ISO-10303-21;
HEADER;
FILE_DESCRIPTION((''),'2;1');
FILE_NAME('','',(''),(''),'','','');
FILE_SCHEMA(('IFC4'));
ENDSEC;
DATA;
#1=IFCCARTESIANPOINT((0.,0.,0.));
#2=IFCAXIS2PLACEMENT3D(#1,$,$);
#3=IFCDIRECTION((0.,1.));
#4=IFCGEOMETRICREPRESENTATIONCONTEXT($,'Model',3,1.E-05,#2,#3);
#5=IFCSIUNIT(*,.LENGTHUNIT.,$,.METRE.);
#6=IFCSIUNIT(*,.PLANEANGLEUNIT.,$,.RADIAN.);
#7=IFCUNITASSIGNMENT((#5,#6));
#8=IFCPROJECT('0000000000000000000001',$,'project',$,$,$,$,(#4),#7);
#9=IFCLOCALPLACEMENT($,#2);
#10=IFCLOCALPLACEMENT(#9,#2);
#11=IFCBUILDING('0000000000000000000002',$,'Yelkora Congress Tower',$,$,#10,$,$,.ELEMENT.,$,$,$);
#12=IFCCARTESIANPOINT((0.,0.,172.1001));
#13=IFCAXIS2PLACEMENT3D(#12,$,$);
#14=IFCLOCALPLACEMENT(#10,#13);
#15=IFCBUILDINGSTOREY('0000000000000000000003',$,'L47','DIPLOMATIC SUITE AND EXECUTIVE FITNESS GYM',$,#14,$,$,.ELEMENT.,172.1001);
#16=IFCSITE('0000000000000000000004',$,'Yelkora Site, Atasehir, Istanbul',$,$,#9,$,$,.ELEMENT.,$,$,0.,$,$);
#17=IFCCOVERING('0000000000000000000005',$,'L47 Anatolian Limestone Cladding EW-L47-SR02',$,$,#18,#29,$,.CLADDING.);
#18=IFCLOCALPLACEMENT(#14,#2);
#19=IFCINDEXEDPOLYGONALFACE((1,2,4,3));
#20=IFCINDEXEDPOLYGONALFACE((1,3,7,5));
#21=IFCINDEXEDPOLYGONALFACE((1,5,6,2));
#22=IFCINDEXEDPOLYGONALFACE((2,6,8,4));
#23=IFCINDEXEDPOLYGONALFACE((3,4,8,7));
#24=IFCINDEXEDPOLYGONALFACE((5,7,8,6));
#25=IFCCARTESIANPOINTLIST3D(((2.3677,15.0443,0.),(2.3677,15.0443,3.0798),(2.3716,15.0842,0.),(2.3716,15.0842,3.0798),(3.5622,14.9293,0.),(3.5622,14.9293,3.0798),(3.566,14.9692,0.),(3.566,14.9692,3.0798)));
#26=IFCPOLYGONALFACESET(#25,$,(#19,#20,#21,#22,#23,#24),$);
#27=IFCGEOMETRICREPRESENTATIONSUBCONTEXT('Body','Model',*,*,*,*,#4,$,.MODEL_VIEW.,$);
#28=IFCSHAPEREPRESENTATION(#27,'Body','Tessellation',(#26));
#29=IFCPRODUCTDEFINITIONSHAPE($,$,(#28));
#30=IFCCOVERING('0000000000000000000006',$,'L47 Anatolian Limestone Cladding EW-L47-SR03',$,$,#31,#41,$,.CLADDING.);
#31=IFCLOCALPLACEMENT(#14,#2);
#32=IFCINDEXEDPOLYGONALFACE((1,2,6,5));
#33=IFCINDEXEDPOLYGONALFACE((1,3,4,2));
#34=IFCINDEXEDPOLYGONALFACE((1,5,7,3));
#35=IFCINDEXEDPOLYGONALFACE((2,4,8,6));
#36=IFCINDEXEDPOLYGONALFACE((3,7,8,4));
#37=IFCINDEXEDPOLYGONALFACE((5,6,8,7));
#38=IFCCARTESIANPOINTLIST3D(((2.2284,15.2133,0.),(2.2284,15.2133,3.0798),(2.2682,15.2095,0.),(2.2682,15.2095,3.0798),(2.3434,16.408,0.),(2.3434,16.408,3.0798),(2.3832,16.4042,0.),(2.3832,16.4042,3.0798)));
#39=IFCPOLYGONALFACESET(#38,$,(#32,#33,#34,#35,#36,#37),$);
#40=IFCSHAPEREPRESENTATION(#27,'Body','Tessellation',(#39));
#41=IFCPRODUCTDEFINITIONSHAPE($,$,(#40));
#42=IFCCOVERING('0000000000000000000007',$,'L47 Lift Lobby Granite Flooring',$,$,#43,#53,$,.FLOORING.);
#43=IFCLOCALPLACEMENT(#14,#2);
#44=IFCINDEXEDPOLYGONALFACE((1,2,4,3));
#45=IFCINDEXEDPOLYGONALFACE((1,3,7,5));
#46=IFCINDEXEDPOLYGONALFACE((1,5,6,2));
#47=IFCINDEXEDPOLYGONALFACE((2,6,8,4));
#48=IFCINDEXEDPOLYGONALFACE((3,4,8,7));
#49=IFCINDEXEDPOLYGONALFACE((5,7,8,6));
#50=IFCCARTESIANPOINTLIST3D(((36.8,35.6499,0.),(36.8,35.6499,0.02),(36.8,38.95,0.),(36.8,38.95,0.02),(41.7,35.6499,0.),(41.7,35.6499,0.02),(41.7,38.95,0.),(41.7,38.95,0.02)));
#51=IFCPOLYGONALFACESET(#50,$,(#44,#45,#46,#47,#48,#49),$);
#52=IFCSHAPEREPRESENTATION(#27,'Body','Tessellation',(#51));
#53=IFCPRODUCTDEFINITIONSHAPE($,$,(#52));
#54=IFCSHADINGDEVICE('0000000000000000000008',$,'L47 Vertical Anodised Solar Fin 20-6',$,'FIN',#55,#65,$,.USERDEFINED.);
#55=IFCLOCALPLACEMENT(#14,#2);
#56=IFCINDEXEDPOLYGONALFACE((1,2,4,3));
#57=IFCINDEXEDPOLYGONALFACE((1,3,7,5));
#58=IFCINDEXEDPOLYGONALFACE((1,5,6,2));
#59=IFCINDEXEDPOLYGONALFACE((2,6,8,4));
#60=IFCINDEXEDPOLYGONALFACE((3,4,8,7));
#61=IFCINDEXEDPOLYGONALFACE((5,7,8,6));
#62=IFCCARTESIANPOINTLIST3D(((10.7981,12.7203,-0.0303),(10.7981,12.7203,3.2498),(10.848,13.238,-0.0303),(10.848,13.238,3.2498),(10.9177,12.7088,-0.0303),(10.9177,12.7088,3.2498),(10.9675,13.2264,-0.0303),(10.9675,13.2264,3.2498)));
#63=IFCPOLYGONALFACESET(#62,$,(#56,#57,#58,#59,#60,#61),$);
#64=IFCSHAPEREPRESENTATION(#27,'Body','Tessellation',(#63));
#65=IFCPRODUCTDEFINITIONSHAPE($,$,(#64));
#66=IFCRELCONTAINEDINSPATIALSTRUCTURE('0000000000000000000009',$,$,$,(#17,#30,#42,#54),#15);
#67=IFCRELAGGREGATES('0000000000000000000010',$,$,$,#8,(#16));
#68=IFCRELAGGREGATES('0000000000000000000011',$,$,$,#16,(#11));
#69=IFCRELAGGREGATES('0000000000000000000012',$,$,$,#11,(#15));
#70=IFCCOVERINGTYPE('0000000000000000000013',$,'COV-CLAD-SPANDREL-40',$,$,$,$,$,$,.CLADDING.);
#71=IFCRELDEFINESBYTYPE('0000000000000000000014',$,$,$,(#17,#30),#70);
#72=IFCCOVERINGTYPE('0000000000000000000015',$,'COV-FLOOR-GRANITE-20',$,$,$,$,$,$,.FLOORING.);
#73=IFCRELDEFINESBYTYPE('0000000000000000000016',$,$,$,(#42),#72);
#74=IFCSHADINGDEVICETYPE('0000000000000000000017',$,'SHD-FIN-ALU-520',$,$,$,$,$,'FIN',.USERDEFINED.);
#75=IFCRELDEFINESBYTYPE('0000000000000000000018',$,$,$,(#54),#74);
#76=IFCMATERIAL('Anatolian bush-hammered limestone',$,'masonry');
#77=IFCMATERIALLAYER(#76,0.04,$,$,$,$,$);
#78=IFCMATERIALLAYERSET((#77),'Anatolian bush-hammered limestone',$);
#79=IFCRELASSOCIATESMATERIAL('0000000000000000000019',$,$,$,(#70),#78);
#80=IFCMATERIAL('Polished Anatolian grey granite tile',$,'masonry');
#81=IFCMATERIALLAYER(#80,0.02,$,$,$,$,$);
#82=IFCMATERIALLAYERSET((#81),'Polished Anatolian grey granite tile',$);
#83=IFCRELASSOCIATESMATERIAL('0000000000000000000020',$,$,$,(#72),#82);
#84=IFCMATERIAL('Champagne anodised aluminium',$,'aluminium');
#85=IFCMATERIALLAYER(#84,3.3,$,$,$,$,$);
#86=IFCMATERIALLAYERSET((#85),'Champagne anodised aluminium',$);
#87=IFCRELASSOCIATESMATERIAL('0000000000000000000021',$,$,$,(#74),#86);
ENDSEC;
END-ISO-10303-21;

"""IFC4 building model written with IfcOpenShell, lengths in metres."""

from ifc_helpers import new_model, si_unit, direction, frame, frame_2d, origin, origin_2d, place, context, subcontext, project, spatial, polyline, rectangle, outline, extrude, material, layer, layer_set, type_object, element, save


model = new_model("IFC4")

# Units and contexts
model_context = context("Model", 3, precision=1e-05, world=origin(), true_north=direction((0.0, 1.0)))
body_context = subcontext(model_context, "Body", "Model", "MODEL_VIEW")
ifc_project = project(units=[si_unit("LENGTHUNIT", "METRE"), si_unit("PLANEANGLEUNIT", "RADIAN")], contexts=[model_context])

# Site, building, storey
site_placement = place(None, origin())
site = spatial("IfcSite", under=ifc_project, at=site_placement, Name="Yelkora Site, Atasehir, Istanbul", CompositionType="ELEMENT", RefElevation=0.0)
building_placement = place(site_placement, origin())
building = spatial("IfcBuilding", under=site, at=building_placement, Name="Yelkora Congress Tower", CompositionType="ELEMENT")
storey_placement = place(building_placement, frame((0.0, 0.0, 172.1001)))
storey = spatial("IfcBuildingStorey", under=building, at=storey_placement, Name="L47", Description="DIPLOMATIC SUITE AND EXECUTIVE FITNESS GYM", CompositionType="ELEMENT", Elevation=172.1001)

# Coverings
ifc_material_1 = material(Name="Anatolian bush-hammered limestone", Category="masonry")
ifc_layer_1 = layer(ifc_material_1, 0.04)
ifc_layer_set_1 = layer_set([ifc_layer_1], Name="Anatolian bush-hammered limestone")
covering_type_1 = type_object("IfcCoveringType", Name="COV-CLAD-SPANDREL-40", PredefinedType="CLADDING", material=ifc_layer_set_1)
covering_1_placement = place(storey_placement, frame((3.5642, 14.9492, 0.0), z_axis=(0.0, 0.0, 1.0), x_axis=(-0.995397, 0.095836, 0.0)))
element("IfcCovering", 1, at=covering_1_placement, inside=storey, type_object=covering_type_1, Name="L47 Anatolian Limestone Cladding EW-L47-SR02", PredefinedType="CLADDING", context=body_context, shape_type="SweptSolid", body=[
    extrude(rectangle(XDim=1.2, YDim=0.04, at=frame_2d((0.6001, 0.0))), origin(), (0.0, 0.0, 1.0), 3.0798),
])
covering_2_placement = place(storey_placement, frame((2.2483, 15.2114, 0.0), z_axis=(0.0, 0.0, 1.0), x_axis=(0.095817, 0.995399, 0.0)))
element("IfcCovering", 2, at=covering_2_placement, inside=storey, type_object=covering_type_1, Name="L47 Anatolian Limestone Cladding EW-L47-SR03", PredefinedType="CLADDING", context=body_context, shape_type="SweptSolid", body=[
    extrude(rectangle(XDim=1.2002, YDim=0.04, at=frame_2d((0.6001, 0.0))), origin(), (0.0, 0.0, 1.0), 3.0798),
])
ifc_material_2 = material(Name="Polished Anatolian grey granite tile", Category="masonry")
ifc_layer_2 = layer(ifc_material_2, 0.02)
ifc_layer_set_2 = layer_set([ifc_layer_2], Name="Polished Anatolian grey granite tile")
covering_type_2 = type_object("IfcCoveringType", Name="COV-FLOOR-GRANITE-20", PredefinedType="FLOORING", material=ifc_layer_set_2)
covering_3_placement = place(storey_placement, origin())
element("IfcCovering", 3, at=covering_3_placement, inside=storey, type_object=covering_type_2, Name="L47 Lift Lobby Granite Flooring", PredefinedType="FLOORING", context=body_context, shape_type="SweptSolid", body=[
    extrude(outline(polyline([(36.8, 35.6499), (41.7, 35.6499), (41.7, 38.95), (36.8, 38.95), (36.8, 35.6499)])), origin(), (0.0, 0.0, 1.0), 0.02),
])

# Shading device
ifc_material_3 = material(Name="Champagne anodised aluminium", Category="aluminium")
ifc_layer_3 = layer(ifc_material_3, 3.3)
ifc_layer_set_3 = layer_set([ifc_layer_3], Name="Champagne anodised aluminium")
shading_device_type = type_object("IfcShadingDeviceType", Name="SHD-FIN-ALU-520", ElementType="FIN", PredefinedType="USERDEFINED", material=ifc_layer_set_3)
shading_device_placement = place(storey_placement, frame((10.8828, 12.9734, -0.0303), z_axis=(0.0, 0.0, 1.0), x_axis=(-0.995396, 0.095846, 0.0)))
element("IfcShadingDevice", 4, at=shading_device_placement, inside=storey, type_object=shading_device_type, Name="L47 Vertical Anodised Solar Fin 20-6", ObjectType="FIN", PredefinedType="USERDEFINED", context=body_context, shape_type="SweptSolid", body=[
    extrude(rectangle(XDim=0.1201, YDim=0.52, at=origin_2d()), origin(), (0.0, 0.0, 1.0), 3.28),
])

save(model, "model.ifc")
